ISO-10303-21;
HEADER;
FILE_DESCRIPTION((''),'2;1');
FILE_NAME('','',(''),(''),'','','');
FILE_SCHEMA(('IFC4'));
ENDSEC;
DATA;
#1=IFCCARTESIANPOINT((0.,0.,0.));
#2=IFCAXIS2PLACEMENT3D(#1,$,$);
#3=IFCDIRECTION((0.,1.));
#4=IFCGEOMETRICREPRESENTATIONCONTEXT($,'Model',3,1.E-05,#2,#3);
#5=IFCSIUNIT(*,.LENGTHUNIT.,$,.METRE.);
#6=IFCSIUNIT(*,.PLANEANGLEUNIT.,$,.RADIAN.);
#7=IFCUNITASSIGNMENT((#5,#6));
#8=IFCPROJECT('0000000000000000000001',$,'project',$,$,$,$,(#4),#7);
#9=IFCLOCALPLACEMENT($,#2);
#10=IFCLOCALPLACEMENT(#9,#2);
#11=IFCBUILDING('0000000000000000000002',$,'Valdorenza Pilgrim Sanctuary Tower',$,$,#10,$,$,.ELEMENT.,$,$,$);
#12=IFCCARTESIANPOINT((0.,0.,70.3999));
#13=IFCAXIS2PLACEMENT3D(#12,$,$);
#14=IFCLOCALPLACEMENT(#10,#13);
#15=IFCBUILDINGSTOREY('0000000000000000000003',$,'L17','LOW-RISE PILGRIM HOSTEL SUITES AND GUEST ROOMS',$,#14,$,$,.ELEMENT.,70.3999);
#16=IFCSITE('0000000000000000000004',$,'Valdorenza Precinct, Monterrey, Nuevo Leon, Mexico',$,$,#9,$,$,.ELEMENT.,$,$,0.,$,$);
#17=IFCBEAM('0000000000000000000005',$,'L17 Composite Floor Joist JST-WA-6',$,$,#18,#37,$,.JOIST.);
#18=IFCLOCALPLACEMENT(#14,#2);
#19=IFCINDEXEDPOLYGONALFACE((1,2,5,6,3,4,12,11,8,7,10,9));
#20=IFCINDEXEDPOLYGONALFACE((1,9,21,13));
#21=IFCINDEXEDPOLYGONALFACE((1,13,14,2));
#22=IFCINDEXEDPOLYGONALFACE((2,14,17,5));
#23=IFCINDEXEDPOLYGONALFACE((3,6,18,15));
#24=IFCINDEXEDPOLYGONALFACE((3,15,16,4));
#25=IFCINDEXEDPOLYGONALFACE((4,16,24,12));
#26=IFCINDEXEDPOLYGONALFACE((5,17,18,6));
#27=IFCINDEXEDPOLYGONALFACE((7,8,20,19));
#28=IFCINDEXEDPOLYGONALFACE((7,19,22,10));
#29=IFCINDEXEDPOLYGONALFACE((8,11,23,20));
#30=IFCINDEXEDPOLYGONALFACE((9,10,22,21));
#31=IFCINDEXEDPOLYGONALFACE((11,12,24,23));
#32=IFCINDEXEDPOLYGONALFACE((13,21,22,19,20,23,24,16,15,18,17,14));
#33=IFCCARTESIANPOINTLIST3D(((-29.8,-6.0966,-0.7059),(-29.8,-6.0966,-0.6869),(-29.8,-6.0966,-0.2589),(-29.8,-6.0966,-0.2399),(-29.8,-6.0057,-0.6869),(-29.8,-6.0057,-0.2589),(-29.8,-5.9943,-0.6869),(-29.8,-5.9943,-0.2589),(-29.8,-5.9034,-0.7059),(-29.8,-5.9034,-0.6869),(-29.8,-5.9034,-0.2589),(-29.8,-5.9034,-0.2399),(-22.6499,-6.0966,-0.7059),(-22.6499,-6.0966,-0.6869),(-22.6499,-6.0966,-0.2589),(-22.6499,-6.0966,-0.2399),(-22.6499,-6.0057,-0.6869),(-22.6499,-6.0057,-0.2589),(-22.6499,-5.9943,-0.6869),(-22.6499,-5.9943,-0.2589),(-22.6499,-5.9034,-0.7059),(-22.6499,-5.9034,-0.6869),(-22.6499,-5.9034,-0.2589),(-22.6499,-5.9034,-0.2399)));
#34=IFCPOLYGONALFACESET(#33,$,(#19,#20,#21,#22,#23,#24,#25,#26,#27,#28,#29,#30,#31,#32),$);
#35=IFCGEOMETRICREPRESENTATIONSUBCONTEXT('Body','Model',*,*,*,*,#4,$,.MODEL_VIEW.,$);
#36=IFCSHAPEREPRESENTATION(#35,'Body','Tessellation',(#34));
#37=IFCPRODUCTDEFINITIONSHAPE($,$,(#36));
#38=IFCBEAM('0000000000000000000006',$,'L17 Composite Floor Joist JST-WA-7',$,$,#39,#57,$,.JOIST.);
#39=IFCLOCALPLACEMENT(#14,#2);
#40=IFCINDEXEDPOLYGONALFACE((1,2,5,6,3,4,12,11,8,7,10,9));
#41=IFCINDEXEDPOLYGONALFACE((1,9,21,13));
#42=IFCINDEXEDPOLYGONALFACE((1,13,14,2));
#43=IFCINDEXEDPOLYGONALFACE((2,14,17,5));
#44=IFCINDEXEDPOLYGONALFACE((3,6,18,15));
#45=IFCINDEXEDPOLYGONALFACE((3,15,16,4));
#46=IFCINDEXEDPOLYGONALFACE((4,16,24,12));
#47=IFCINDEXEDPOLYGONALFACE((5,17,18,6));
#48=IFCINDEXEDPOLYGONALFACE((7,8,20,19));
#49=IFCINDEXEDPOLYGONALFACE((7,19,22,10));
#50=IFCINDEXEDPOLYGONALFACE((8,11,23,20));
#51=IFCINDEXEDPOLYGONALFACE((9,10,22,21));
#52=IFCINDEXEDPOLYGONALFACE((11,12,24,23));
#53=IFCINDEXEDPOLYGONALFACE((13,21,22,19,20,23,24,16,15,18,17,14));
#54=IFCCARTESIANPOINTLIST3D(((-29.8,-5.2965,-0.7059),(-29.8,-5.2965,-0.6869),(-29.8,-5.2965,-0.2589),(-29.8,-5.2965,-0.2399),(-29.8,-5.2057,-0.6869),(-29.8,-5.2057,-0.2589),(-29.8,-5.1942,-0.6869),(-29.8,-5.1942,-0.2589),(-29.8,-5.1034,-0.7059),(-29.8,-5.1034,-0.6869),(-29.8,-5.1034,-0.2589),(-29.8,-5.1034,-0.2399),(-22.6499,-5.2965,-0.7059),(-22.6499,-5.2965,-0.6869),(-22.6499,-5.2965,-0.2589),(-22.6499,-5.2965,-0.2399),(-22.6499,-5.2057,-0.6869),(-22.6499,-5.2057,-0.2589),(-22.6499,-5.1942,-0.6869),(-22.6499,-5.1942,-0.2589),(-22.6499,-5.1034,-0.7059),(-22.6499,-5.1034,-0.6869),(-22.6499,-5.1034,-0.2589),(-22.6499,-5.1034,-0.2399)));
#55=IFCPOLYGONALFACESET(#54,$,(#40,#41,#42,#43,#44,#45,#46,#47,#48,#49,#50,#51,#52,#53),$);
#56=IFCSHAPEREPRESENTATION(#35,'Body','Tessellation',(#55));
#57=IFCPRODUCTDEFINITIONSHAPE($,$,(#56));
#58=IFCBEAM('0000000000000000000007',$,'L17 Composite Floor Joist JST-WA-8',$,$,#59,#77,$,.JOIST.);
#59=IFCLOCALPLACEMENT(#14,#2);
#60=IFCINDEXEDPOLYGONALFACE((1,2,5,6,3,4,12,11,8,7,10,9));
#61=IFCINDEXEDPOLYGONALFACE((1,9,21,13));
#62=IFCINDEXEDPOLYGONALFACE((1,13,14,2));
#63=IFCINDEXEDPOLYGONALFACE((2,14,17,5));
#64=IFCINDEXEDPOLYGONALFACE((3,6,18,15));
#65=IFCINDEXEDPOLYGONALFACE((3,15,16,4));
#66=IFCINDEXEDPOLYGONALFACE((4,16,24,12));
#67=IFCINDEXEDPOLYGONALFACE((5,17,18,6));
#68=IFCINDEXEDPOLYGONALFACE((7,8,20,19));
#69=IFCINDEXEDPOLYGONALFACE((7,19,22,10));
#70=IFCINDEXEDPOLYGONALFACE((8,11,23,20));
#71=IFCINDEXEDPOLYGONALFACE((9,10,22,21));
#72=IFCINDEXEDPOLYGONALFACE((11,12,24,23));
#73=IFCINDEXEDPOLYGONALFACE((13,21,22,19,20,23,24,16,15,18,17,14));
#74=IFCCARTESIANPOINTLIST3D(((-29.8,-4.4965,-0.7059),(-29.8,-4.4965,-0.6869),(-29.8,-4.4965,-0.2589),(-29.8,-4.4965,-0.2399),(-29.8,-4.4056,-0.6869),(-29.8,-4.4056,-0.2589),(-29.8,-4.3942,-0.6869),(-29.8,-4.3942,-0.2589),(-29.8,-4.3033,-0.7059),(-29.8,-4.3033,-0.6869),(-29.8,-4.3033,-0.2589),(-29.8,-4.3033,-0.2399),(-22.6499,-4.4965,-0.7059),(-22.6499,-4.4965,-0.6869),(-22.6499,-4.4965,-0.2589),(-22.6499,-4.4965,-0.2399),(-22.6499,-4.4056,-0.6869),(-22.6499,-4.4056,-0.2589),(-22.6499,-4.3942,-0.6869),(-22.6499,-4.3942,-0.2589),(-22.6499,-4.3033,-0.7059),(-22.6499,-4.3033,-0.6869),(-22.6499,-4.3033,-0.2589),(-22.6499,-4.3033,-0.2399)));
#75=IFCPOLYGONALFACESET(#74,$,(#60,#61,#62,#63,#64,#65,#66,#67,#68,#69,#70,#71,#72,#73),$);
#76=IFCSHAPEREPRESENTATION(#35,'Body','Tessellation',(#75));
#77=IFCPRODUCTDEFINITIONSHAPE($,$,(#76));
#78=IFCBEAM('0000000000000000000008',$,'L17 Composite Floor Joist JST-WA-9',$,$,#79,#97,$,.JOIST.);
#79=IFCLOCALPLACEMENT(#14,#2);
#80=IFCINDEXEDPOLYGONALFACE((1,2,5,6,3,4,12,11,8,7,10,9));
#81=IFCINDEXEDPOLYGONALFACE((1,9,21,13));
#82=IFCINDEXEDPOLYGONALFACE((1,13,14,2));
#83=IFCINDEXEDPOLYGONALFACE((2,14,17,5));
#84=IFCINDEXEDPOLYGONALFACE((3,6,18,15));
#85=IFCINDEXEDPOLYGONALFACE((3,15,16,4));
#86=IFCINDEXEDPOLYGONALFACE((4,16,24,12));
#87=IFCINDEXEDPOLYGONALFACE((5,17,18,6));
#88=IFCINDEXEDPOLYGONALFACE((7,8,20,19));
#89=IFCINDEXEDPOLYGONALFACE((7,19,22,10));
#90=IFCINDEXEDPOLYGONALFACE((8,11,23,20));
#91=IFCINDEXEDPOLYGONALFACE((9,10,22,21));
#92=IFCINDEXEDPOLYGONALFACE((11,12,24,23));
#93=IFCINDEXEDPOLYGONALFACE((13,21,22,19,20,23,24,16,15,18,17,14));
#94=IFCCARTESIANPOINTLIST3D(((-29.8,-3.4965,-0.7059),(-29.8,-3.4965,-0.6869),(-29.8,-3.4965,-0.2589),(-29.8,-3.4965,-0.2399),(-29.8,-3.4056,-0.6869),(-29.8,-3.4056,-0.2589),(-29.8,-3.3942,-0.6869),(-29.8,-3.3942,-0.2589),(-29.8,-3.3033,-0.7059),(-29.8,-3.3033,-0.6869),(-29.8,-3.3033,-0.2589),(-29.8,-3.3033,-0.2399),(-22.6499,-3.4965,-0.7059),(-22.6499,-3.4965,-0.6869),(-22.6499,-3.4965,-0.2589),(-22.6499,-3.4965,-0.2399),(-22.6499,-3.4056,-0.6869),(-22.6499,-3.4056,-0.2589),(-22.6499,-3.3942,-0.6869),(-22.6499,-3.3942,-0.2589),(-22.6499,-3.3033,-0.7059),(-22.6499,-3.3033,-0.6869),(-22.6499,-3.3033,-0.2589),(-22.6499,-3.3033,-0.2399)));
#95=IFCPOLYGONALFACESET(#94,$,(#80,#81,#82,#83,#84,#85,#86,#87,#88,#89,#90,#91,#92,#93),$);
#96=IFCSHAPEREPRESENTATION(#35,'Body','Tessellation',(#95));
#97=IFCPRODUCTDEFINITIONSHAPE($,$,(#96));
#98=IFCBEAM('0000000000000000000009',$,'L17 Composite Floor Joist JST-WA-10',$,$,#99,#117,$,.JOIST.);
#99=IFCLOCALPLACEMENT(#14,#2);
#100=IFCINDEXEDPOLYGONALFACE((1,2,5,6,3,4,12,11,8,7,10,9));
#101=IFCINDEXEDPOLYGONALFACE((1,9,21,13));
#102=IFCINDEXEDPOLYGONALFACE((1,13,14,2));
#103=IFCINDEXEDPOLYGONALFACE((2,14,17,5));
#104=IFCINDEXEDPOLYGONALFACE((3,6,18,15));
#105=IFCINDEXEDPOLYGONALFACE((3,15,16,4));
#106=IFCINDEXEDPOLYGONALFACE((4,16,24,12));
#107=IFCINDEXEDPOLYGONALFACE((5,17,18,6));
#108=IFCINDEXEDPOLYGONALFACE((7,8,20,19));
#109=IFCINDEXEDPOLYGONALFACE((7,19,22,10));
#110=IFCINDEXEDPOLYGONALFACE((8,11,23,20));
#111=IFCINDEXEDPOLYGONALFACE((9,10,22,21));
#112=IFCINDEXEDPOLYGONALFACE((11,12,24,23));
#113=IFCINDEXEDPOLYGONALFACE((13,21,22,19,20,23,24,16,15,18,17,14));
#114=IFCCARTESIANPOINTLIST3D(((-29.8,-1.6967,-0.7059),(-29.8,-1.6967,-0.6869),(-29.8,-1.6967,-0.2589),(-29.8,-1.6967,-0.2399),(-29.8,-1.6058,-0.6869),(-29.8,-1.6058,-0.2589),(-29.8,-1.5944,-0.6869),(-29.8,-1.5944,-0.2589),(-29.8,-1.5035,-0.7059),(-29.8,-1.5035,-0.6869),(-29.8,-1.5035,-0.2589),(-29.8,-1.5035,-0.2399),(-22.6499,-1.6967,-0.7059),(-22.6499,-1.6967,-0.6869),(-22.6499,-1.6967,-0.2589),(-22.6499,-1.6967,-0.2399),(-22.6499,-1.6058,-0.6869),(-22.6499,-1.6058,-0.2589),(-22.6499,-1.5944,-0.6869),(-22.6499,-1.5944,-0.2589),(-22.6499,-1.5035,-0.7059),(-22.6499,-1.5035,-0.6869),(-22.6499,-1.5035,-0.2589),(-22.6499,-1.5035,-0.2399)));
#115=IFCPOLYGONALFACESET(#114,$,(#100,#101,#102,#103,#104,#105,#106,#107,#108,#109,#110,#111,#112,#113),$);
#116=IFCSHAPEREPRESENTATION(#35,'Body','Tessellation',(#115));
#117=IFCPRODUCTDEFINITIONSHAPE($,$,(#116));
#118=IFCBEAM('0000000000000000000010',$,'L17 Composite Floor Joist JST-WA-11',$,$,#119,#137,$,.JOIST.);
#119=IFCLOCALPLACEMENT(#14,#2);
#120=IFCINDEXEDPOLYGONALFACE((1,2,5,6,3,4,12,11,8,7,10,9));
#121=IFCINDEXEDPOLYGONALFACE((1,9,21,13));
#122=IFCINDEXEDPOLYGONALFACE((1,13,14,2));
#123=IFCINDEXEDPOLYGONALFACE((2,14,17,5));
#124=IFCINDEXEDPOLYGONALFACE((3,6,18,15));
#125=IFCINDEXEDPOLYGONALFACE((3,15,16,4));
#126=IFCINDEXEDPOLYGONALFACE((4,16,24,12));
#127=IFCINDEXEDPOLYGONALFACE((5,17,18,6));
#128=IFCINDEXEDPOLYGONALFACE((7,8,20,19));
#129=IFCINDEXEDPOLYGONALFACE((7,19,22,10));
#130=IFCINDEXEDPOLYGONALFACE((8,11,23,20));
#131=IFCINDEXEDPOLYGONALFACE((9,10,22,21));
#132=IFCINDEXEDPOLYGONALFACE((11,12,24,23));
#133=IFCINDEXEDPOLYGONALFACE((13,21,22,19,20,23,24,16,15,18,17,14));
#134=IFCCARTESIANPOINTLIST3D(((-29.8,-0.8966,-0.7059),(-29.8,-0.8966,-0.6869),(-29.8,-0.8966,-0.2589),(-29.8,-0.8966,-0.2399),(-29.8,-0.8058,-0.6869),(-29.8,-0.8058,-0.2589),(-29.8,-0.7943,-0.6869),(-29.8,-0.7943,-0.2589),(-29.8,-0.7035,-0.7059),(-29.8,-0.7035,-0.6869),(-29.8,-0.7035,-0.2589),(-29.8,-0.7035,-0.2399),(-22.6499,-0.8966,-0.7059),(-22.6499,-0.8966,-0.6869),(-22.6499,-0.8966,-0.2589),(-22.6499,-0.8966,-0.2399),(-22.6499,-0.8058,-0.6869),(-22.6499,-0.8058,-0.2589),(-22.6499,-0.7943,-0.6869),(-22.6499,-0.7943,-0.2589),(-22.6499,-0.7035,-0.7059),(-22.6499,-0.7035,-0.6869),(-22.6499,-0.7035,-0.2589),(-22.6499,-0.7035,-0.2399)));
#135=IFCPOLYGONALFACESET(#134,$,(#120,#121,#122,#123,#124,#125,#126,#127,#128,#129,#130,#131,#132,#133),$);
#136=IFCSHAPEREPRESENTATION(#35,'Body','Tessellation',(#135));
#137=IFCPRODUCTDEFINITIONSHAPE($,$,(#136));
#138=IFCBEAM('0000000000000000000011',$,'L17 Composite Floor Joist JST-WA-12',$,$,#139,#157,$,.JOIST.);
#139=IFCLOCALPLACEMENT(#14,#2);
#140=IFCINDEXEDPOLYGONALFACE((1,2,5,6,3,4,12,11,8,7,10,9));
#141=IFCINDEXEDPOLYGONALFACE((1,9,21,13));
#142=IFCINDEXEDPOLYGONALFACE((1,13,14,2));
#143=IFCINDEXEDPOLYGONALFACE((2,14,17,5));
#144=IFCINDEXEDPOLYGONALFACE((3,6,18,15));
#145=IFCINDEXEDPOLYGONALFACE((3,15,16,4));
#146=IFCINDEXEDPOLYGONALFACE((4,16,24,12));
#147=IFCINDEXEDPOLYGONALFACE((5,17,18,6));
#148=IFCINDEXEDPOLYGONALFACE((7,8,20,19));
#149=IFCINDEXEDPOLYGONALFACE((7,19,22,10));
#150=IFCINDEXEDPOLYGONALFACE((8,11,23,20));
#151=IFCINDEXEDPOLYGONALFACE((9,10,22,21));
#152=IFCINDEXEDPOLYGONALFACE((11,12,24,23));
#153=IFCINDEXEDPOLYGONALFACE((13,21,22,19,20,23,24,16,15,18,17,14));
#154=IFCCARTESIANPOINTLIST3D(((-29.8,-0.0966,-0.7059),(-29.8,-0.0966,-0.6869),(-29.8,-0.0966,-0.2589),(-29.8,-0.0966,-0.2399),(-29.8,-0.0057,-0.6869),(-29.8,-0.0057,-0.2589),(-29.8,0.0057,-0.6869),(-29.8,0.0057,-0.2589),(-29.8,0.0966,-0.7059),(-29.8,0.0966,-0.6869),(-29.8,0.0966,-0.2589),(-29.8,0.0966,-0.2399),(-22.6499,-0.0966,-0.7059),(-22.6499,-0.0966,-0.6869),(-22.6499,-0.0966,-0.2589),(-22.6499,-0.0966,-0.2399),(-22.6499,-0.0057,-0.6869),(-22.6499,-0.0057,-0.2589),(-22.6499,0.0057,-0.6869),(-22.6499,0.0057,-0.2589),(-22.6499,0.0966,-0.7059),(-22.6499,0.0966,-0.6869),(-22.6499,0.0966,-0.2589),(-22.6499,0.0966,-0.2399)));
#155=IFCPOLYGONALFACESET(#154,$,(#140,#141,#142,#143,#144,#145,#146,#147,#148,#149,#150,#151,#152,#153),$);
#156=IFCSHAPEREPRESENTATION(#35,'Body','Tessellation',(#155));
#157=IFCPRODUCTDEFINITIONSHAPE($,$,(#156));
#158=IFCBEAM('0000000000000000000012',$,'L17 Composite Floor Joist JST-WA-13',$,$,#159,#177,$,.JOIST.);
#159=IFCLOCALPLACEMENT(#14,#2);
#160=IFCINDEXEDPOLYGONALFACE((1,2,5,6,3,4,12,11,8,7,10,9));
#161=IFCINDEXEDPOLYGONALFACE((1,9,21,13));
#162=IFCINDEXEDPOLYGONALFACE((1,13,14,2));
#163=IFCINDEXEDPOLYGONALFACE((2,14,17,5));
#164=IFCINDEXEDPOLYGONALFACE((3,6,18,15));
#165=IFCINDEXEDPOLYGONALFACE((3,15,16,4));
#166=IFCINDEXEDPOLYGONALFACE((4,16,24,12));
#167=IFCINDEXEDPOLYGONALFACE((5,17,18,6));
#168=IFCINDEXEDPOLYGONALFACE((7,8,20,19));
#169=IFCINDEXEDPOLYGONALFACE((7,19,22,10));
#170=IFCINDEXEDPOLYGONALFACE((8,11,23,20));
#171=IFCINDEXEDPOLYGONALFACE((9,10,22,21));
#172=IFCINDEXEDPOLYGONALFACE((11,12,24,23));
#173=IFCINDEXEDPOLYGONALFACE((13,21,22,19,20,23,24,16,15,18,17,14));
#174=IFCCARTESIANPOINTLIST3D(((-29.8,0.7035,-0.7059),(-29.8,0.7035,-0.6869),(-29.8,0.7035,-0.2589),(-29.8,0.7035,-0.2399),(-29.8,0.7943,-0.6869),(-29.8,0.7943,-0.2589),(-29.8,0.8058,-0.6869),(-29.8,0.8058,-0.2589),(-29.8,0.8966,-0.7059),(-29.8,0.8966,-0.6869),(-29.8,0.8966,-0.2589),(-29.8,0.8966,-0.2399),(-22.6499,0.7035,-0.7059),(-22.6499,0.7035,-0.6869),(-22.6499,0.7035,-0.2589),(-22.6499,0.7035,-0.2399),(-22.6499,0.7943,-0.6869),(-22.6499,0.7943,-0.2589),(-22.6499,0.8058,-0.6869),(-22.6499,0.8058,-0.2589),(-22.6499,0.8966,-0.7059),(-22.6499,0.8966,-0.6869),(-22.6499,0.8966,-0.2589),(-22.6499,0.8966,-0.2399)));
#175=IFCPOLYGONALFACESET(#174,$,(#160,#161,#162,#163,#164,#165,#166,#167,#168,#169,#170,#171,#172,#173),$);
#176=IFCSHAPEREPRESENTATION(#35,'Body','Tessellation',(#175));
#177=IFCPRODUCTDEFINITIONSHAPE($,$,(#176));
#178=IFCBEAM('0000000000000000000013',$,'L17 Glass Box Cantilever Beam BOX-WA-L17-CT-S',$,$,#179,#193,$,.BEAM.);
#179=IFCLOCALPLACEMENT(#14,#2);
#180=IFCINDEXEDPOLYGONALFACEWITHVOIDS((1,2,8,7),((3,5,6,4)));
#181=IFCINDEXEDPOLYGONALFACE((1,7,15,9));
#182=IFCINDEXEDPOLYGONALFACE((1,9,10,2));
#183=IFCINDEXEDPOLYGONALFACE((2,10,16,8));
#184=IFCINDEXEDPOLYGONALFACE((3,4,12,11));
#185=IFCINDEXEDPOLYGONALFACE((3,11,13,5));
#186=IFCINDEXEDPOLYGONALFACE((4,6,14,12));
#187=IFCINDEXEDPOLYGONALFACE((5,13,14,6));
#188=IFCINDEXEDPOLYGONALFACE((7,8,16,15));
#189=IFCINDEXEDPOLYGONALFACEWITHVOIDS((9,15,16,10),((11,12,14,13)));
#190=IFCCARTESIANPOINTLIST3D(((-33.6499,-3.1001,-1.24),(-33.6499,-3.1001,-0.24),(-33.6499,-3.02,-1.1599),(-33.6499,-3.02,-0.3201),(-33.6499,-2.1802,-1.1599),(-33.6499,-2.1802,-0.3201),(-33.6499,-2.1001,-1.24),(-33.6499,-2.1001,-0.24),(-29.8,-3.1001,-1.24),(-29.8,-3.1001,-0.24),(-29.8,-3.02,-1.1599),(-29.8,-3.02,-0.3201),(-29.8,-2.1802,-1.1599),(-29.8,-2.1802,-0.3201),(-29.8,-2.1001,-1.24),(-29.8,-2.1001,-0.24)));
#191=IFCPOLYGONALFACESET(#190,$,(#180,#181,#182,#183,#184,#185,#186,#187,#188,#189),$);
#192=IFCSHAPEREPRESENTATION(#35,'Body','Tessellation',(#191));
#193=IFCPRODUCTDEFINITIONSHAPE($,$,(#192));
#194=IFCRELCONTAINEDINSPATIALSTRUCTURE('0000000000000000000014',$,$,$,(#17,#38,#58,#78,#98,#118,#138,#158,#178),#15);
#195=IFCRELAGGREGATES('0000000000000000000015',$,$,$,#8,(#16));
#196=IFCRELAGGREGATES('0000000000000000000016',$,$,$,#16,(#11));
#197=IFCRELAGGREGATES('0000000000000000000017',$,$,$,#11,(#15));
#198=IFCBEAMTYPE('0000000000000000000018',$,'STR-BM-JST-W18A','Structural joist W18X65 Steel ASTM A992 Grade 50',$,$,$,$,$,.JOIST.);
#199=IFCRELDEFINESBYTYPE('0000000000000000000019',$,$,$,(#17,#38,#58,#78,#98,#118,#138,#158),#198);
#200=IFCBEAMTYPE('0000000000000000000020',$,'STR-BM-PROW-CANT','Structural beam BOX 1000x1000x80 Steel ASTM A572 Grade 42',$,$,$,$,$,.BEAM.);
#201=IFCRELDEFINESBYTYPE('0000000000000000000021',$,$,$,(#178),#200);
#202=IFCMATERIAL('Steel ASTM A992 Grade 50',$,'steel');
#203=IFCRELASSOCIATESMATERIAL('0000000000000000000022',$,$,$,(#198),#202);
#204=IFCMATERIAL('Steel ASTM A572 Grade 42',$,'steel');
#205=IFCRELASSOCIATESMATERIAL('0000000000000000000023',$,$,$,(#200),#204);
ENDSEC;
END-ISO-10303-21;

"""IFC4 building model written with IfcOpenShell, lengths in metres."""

from ifc_helpers import new_model, si_unit, direction, frame, origin, origin_2d, place, context, subcontext, project, spatial, hollow_rectangle, i_section, extrude, source, transform, mapped, material, material_profile, profile_set, type_object, element, save


model = new_model("IFC4")

# Units and contexts
model_context = context("Model", 3, precision=1e-05, world=origin(), true_north=direction((0.0, 1.0)))
body_context = subcontext(model_context, "Body", "Model", "MODEL_VIEW")
ifc_project = project(units=[si_unit("LENGTHUNIT", "METRE"), si_unit("PLANEANGLEUNIT", "RADIAN")], contexts=[model_context])

# Site, building, storey
site_placement = place(None, origin())
site = spatial("IfcSite", under=ifc_project, at=site_placement, Name="Valdorenza Precinct, Monterrey, Nuevo Leon, Mexico", CompositionType="ELEMENT", RefElevation=0.0)
building_placement = place(site_placement, origin())
building = spatial("IfcBuilding", under=site, at=building_placement, Name="Valdorenza Pilgrim Sanctuary Tower", CompositionType="ELEMENT")
storey_placement = place(building_placement, frame((0.0, 0.0, 70.3999)))
storey = spatial("IfcBuildingStorey", under=building, at=storey_placement, Name="L17", Description="LOW-RISE PILGRIM HOSTEL SUITES AND GUEST ROOMS", CompositionType="ELEMENT", Elevation=70.3999)

# Beams
ifc_material_1 = material(Name="Steel ASTM A992 Grade 50", Category="steel")
ifc_material_profile_1 = material_profile(ifc_material_1, i_section(OverallWidth=0.1931, OverallDepth=0.4661, WebThickness=0.0115, FlangeThickness=0.019, at=origin_2d()), Name="W18X65")
ifc_profile_set_1 = profile_set([ifc_material_profile_1], Name="Steel ASTM A992 Grade 50")
beam_type_1 = type_object("IfcBeamType", Name="STR-BM-JST-W18A", Description="Structural joist W18X65 Steel ASTM A992 Grade 50", PredefinedType="JOIST", material=ifc_profile_set_1)
shared_shape_1 = source(origin(), body_context, "Body", "SweptSolid", [
    extrude(i_section(OverallWidth=0.1931, OverallDepth=0.4661, WebThickness=0.0115, FlangeThickness=0.019, at=origin_2d()), origin(), (0.0, 0.0, 1.0), 7.1501),
])
for number, where, z_axis, x_axis, name in (
    (1, (-29.8, -6.0, -0.4729), (1.0, 0.0, 0.0), (0.0, 1.0, 0.0), "L17 Composite Floor Joist JST-WA-6"),
    (2, (-29.8, -5.2, -0.4729), (1.0, 0.0, 0.0), (0.0, 1.0, 0.0), "L17 Composite Floor Joist JST-WA-7"),
    (3, (-29.8, -4.3999, -0.4729), (1.0, 0.0, 0.0), (0.0, 1.0, 0.0), "L17 Composite Floor Joist JST-WA-8"),
    (4, (-29.8, -3.3999, -0.4729), (1.0, 0.0, 0.0), (0.0, 1.0, 0.0), "L17 Composite Floor Joist JST-WA-9"),
    (5, (-29.8, -1.6001, -0.4729), (1.0, 0.0, 0.0), (0.0, 1.0, 0.0), "L17 Composite Floor Joist JST-WA-10"),
    (6, (-29.8, -0.8, -0.4729), (1.0, 0.0, 0.0), (0.0, 1.0, 0.0), "L17 Composite Floor Joist JST-WA-11"),
    (7, (-29.8, 0.0, -0.4729), (1.0, 0.0, 0.0), (0.0, 1.0, 0.0), "L17 Composite Floor Joist JST-WA-12"),
    (8, (-29.8, 0.8, -0.4729), (1.0, 0.0, 0.0), (0.0, 1.0, 0.0), "L17 Composite Floor Joist JST-WA-13"),
):
    element("IfcBeam", number, at=place(storey_placement, frame(where, z_axis=z_axis, x_axis=x_axis)), inside=storey, type_object=beam_type_1, Name=name, PredefinedType="JOIST", context=body_context, shape_type="MappedRepresentation", body=[
        mapped(shared_shape_1, transform((0.0, 0.0, 0.0), x_axis=(1.0, 0.0, 0.0), y_axis=(0.0, 1.0, 0.0), z_axis=(0.0, 0.0, 1.0), scale=1.0)),
    ])
ifc_material_2 = material(Name="Steel ASTM A572 Grade 42", Category="steel")
ifc_material_profile_2 = material_profile(ifc_material_2, hollow_rectangle(XDim=1.0, YDim=1.0, WallThickness=0.0801, at=origin_2d()), Name="BOX 1000x1000x80")
ifc_profile_set_2 = profile_set([ifc_material_profile_2], Name="Steel ASTM A572 Grade 42")
beam_type_2 = type_object("IfcBeamType", Name="STR-BM-PROW-CANT", Description="Structural beam BOX 1000x1000x80 Steel ASTM A572 Grade 42", PredefinedType="BEAM", material=ifc_profile_set_2)
shared_shape_2 = source(origin(), body_context, "Body", "SweptSolid", [
    extrude(hollow_rectangle(XDim=1.0, YDim=1.0, WallThickness=0.0801, at=origin_2d()), origin(), (0.0, 0.0, 1.0), 3.8499),
])
beam_1_placement = place(storey_placement, frame((-29.8, -2.6001, -0.74), z_axis=(-1.0, 0.0, 0.0), x_axis=(0.0, -1.0, 0.0)))
element("IfcBeam", 9, at=beam_1_placement, inside=storey, type_object=beam_type_2, Name="L17 Glass Box Cantilever Beam BOX-WA-L17-CT-S", PredefinedType="BEAM", context=body_context, shape_type="MappedRepresentation", body=[
    mapped(shared_shape_2, transform((0.0, 0.0, 0.0), x_axis=(1.0, 0.0, 0.0), y_axis=(0.0, 1.0, 0.0), z_axis=(0.0, 0.0, 1.0), scale=1.0)),
])

save(model, "model.ifc")
